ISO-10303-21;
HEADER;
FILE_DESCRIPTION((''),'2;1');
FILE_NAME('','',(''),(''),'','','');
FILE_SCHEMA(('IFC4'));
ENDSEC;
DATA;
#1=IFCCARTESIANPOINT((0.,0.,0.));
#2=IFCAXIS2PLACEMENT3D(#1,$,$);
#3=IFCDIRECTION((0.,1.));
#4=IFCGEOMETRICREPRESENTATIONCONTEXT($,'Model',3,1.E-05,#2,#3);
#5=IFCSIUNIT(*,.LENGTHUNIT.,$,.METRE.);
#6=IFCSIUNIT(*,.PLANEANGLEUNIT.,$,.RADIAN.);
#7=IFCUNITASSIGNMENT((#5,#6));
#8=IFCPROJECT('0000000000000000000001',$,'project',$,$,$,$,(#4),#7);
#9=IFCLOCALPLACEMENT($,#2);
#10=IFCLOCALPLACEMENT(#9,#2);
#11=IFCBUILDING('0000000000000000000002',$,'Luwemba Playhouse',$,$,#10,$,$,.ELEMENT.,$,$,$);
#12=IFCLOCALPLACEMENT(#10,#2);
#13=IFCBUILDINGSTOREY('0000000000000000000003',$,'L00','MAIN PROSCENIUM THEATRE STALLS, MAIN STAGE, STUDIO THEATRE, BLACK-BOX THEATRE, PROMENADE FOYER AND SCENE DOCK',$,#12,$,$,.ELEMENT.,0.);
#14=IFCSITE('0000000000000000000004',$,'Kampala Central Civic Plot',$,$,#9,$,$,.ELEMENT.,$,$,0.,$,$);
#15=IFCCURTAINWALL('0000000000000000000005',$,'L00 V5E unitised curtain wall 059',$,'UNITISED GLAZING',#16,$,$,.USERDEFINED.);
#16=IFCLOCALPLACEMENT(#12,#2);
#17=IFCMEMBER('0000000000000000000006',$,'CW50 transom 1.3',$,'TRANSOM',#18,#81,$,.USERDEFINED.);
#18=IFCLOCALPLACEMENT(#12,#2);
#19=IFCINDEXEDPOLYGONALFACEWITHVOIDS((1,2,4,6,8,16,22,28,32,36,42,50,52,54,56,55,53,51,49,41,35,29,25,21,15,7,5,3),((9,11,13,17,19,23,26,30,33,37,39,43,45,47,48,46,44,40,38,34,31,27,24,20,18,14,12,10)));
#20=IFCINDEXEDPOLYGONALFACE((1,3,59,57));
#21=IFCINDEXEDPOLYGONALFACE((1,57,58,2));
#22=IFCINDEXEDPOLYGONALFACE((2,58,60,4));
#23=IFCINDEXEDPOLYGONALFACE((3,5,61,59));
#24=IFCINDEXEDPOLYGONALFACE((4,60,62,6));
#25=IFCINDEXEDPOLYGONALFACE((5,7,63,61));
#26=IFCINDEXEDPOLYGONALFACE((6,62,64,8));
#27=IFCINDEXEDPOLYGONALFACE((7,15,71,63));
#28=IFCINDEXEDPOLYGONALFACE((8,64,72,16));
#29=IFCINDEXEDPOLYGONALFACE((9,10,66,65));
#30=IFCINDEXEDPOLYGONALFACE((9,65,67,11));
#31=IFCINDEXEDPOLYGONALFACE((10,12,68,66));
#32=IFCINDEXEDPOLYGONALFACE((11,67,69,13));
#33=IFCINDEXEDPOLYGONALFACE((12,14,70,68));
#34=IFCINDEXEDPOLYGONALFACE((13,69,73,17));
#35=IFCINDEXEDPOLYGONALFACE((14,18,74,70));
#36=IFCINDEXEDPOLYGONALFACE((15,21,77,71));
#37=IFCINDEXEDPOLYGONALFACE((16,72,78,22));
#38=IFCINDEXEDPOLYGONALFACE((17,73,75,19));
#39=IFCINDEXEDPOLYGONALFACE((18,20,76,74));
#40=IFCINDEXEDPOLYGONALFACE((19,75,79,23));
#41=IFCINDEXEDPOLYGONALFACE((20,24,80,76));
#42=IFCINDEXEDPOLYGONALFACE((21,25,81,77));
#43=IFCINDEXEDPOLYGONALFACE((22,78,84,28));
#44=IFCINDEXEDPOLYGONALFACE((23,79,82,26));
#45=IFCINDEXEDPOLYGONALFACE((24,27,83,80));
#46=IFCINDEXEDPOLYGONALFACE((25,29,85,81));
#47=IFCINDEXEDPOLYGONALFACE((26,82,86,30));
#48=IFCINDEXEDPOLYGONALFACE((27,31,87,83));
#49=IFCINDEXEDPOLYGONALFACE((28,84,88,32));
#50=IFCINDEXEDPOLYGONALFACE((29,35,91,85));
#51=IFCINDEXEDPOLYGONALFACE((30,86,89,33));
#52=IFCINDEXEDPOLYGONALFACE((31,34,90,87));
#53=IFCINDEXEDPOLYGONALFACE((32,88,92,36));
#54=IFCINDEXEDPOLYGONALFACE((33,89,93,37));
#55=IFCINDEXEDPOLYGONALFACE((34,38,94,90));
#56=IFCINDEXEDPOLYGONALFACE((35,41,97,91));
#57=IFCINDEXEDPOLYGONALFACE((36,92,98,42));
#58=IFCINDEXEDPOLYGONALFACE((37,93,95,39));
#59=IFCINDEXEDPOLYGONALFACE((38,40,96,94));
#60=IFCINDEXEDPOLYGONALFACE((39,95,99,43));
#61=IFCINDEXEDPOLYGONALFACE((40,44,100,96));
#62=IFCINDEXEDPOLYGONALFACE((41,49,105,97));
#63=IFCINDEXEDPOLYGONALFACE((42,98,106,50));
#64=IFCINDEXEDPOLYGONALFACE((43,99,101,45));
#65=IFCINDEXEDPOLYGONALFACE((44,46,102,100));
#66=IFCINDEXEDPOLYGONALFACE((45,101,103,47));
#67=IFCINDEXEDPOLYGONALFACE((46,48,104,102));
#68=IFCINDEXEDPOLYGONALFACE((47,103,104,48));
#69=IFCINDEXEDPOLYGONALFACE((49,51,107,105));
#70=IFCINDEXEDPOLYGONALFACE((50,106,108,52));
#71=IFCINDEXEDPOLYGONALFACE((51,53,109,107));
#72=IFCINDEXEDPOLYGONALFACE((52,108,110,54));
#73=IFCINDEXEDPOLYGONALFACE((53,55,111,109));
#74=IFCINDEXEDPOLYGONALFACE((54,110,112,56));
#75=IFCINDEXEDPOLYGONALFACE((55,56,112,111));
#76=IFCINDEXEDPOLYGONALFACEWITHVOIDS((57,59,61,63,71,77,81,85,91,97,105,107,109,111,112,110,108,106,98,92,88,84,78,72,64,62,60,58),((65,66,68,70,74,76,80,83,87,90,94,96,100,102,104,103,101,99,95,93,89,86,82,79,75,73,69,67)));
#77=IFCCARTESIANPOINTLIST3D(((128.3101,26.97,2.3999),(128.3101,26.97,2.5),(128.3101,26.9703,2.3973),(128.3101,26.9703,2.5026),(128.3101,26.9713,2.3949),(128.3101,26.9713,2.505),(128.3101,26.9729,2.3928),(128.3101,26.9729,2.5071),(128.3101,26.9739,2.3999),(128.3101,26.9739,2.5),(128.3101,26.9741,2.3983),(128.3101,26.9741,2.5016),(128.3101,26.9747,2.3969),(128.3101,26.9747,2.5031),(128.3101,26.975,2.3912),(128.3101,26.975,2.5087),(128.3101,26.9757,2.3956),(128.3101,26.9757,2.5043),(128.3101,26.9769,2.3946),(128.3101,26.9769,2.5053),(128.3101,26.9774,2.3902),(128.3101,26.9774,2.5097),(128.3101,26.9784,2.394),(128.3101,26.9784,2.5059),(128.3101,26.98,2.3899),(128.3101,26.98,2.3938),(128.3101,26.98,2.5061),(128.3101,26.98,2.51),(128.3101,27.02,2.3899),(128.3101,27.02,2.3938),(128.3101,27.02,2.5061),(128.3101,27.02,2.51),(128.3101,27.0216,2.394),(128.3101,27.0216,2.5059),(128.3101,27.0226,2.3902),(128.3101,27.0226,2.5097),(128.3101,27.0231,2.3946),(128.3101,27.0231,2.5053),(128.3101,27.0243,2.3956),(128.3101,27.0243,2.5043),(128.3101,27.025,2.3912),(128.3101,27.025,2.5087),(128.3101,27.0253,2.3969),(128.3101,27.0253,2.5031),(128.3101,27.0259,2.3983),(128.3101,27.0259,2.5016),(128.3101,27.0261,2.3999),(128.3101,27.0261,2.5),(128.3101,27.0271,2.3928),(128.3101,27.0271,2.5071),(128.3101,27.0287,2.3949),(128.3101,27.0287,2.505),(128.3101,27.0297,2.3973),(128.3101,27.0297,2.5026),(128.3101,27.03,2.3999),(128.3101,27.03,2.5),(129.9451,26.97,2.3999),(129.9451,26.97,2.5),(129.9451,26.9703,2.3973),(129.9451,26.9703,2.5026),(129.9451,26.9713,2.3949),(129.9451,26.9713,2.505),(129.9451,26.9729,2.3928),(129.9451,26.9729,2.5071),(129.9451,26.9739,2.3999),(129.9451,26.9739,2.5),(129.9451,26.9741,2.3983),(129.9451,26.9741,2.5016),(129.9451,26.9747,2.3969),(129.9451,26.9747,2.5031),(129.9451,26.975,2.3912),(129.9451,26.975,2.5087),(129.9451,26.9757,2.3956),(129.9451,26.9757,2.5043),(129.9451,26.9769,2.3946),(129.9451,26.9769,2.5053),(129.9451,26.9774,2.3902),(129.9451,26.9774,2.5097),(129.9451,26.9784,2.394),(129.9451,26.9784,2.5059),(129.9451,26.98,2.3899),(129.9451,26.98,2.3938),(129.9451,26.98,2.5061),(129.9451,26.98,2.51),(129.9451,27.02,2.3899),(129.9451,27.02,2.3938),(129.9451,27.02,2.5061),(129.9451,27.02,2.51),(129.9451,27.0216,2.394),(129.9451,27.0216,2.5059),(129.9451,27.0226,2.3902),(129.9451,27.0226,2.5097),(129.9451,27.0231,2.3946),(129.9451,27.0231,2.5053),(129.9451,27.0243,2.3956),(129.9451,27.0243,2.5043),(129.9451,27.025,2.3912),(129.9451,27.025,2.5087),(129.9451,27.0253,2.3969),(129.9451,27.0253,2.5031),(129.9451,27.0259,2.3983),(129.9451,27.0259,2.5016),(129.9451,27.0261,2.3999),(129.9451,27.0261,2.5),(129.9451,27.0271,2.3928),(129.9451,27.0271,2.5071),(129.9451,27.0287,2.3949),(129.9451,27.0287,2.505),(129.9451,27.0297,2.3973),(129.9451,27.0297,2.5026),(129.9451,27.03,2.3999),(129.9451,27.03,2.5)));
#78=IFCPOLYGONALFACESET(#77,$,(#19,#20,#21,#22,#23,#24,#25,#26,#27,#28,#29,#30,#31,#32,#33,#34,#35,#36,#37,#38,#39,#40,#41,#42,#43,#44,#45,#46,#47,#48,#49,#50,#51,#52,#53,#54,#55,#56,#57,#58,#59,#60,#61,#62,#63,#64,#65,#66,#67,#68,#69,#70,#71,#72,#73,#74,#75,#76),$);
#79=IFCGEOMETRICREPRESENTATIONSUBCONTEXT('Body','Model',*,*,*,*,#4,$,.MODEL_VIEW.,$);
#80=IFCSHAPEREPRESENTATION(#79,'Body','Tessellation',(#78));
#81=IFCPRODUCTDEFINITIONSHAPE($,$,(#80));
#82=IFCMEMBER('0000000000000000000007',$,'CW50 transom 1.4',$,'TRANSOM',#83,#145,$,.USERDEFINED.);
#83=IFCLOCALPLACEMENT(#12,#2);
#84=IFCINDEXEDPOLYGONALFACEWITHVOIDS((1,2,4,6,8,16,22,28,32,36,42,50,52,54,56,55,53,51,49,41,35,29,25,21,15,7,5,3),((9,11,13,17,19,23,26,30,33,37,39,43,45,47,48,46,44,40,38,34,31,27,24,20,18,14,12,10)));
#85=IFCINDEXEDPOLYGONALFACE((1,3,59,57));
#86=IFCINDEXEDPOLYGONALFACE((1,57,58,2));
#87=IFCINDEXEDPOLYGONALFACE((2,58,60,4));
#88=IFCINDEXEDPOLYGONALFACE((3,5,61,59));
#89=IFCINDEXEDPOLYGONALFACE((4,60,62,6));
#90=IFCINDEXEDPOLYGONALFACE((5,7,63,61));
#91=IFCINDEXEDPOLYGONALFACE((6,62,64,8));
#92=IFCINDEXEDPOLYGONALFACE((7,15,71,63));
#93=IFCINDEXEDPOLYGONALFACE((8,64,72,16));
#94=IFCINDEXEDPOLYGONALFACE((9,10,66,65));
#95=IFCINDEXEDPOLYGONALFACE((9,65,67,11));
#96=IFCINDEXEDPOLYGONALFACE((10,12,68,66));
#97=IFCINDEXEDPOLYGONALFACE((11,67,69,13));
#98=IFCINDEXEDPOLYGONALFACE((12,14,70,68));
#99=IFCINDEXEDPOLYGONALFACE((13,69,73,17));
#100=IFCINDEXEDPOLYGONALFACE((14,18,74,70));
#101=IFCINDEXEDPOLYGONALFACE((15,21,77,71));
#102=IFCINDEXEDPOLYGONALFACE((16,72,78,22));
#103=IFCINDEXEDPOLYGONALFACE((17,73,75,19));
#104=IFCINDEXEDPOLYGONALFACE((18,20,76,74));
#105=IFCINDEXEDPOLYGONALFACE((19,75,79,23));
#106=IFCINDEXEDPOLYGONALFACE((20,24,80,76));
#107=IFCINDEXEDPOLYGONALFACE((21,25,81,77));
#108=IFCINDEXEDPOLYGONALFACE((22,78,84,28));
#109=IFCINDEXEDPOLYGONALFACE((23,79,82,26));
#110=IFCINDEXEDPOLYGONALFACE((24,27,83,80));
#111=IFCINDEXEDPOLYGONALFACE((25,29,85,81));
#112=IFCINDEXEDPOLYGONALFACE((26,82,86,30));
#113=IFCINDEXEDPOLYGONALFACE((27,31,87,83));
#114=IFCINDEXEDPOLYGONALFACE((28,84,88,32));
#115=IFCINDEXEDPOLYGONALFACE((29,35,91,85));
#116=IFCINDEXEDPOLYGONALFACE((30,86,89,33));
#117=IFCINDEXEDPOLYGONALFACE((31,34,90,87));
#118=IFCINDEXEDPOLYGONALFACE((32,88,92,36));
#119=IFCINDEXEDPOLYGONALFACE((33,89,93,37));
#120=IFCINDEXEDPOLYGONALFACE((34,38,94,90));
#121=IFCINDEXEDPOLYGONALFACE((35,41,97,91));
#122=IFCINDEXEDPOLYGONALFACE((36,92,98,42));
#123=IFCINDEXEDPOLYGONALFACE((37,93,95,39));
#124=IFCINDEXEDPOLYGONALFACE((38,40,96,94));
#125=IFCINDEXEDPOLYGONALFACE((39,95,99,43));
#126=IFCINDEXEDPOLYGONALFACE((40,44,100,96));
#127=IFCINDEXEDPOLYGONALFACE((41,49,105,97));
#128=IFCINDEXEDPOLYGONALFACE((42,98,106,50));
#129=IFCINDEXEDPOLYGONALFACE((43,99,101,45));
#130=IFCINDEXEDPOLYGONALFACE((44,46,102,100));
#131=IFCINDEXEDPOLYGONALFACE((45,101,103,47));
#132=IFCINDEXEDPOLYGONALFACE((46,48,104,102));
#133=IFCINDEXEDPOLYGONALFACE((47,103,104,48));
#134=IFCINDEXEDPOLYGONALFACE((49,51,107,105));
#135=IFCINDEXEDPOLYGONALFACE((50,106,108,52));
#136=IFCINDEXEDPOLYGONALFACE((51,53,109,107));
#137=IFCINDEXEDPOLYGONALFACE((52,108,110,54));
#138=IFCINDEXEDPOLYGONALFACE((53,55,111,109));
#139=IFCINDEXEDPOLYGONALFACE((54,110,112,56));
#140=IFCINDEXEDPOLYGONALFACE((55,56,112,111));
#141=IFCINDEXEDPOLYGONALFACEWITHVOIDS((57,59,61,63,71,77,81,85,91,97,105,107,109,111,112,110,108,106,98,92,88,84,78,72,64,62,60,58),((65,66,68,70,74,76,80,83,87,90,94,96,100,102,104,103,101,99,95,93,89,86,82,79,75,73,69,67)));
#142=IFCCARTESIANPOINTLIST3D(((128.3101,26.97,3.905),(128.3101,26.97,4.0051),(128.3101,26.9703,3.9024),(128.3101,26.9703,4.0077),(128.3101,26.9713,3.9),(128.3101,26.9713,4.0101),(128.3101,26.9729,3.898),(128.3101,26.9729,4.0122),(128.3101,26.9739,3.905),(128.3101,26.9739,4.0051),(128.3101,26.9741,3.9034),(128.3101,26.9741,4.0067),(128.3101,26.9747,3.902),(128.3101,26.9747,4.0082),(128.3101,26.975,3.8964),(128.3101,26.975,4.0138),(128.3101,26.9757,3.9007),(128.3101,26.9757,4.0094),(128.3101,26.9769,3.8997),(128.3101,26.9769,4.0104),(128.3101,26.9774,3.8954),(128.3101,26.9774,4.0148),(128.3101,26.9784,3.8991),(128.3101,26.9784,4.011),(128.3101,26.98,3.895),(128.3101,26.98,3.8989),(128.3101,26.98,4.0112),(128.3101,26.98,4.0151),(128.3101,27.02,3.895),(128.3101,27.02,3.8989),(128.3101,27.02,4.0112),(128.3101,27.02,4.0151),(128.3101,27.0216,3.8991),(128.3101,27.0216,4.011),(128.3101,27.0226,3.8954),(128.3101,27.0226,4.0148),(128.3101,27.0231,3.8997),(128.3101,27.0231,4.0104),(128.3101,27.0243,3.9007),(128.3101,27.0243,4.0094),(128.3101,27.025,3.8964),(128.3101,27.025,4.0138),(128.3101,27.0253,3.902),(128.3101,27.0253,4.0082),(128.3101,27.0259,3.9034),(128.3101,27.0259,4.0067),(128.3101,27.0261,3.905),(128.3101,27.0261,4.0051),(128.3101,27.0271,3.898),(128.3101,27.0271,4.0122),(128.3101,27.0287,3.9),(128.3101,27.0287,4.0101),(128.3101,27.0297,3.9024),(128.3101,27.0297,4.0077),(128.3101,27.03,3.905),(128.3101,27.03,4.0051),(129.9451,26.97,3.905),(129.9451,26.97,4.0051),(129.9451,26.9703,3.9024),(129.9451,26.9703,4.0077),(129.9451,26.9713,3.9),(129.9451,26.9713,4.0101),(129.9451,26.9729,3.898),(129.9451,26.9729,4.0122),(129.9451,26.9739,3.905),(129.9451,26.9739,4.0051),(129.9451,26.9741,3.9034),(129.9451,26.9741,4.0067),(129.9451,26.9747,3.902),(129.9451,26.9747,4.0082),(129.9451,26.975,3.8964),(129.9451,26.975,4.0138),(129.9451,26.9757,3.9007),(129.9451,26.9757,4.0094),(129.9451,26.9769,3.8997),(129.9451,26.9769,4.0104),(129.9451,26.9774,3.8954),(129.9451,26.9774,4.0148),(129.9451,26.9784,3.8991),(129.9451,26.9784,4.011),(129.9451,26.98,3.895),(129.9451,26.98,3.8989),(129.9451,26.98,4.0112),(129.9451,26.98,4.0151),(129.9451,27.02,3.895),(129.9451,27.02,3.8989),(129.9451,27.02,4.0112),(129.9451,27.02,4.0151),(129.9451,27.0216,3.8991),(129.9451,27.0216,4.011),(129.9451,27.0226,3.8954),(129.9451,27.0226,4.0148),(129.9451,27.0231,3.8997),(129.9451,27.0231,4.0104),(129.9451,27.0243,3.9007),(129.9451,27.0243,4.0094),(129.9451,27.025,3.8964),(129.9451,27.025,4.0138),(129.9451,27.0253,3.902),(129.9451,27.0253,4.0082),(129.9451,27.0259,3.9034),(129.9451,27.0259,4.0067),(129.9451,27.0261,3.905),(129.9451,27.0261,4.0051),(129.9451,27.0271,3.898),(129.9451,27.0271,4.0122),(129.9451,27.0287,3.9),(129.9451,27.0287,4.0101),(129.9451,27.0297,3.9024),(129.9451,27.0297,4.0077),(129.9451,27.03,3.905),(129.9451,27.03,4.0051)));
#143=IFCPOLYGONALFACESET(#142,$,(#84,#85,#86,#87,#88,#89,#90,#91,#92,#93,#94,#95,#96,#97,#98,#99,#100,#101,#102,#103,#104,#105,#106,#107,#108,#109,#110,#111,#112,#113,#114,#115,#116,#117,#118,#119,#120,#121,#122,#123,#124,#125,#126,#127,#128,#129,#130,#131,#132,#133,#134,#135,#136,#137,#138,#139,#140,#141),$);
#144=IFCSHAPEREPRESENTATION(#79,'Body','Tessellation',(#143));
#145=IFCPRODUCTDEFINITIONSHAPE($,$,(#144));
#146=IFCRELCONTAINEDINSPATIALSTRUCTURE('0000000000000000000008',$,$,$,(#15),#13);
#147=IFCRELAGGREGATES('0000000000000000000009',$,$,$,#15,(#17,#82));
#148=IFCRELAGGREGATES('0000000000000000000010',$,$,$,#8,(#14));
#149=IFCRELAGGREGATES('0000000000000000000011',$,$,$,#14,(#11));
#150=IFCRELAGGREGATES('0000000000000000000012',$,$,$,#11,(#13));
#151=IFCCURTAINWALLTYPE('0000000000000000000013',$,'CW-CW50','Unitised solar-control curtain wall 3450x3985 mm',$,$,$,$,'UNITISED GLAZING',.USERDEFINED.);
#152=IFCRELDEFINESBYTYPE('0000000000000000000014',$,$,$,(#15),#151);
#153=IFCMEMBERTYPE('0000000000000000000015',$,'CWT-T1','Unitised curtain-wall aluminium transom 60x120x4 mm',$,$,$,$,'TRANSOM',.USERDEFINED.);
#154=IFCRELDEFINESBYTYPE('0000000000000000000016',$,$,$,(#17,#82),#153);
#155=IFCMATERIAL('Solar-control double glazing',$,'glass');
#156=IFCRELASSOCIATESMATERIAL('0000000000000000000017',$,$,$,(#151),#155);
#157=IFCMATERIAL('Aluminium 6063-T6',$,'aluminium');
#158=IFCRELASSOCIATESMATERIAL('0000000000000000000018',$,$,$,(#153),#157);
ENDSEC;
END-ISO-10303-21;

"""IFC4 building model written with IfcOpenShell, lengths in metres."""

from ifc_helpers import new_model, si_unit, direction, frame, origin, origin_2d, place, context, subcontext, project, spatial, hollow_rectangle, extrude, material, material_profile, profile_set, type_object, element, aggregate, save


model = new_model("IFC4")

# Units and contexts
model_context = context("Model", 3, precision=1e-05, world=origin(), true_north=direction((0.0, 1.0)))
body_context = subcontext(model_context, "Body", "Model", "MODEL_VIEW")
ifc_project = project(units=[si_unit("LENGTHUNIT", "METRE"), si_unit("PLANEANGLEUNIT", "RADIAN")], contexts=[model_context])

# Site, building, storey
site_placement = place(None, origin())
site = spatial("IfcSite", under=ifc_project, at=site_placement, Name="Kampala Central Civic Plot", CompositionType="ELEMENT", RefElevation=0.0)
building_placement = place(site_placement, origin())
building = spatial("IfcBuilding", under=site, at=building_placement, Name="Luwemba Playhouse", CompositionType="ELEMENT")
storey_placement = place(building_placement, origin())
storey = spatial("IfcBuildingStorey", under=building, at=storey_placement, Name="L00", Description="MAIN PROSCENIUM THEATRE STALLS, MAIN STAGE, STUDIO THEATRE, BLACK-BOX THEATRE, PROMENADE FOYER AND SCENE DOCK", CompositionType="ELEMENT", Elevation=0.0)

# Curtain wall
ifc_material_1 = material(Name="Solar-control double glazing", Category="glass")
curtain_wall_type_1 = type_object("IfcCurtainWallType", Name="CW-CW50", Description="Unitised solar-control curtain wall 3450x3985 mm", ElementType="UNITISED GLAZING", PredefinedType="USERDEFINED", material=ifc_material_1)
curtain_wall_1_placement = place(storey_placement, origin())
curtain_wall_1 = element("IfcCurtainWall", 1, at=curtain_wall_1_placement, inside=storey, type_object=curtain_wall_type_1, Name="L00 V5E unitised curtain wall 059", ObjectType="UNITISED GLAZING", PredefinedType="USERDEFINED")
ifc_material_2 = material(Name="Aluminium 6063-T6", Category="aluminium")

# Members
ifc_material_profile_1 = material_profile(ifc_material_2, hollow_rectangle(XDim=0.0601, YDim=0.1201, WallThickness=0.0039, InnerFilletRadius=0.0061, OuterFilletRadius=0.01, at=origin_2d()))
ifc_profile_set_1 = profile_set([ifc_material_profile_1], Name="Aluminium 6063-T6")
member_type_1 = type_object("IfcMemberType", Name="CWT-T1", Description="Unitised curtain-wall aluminium transom 60x120x4 mm", ElementType="TRANSOM", PredefinedType="USERDEFINED", material=ifc_profile_set_1)
member_1_placement = place(storey_placement, frame((128.3101, 27.0, 2.45), z_axis=(1.0, 0.0, 0.0), x_axis=(0.0, 1.0, 0.0)))
member_1 = element("IfcMember", 2, at=member_1_placement, type_object=member_type_1, Name="CW50 transom 1.3", ObjectType="TRANSOM", PredefinedType="USERDEFINED", context=body_context, shape_type="SweptSolid", body=[
    extrude(hollow_rectangle(XDim=0.0601, YDim=0.1201, WallThickness=0.0039, InnerFilletRadius=0.0061, OuterFilletRadius=0.01, at=origin_2d()), origin(), (0.0, 0.0, 1.0), 1.635),
])
member_2_placement = place(storey_placement, frame((128.3101, 27.0, 3.9551), z_axis=(1.0, 0.0, 0.0), x_axis=(0.0, 1.0, 0.0)))
member_2 = element("IfcMember", 3, at=member_2_placement, type_object=member_type_1, Name="CW50 transom 1.4", ObjectType="TRANSOM", PredefinedType="USERDEFINED", context=body_context, shape_type="SweptSolid", body=[
    extrude(hollow_rectangle(XDim=0.0601, YDim=0.1201, WallThickness=0.0039, InnerFilletRadius=0.0061, OuterFilletRadius=0.01, at=origin_2d()), origin(), (0.0, 0.0, 1.0), 1.635),
])

aggregate(curtain_wall_1, [member_1, member_2])

save(model, "model.ifc")
